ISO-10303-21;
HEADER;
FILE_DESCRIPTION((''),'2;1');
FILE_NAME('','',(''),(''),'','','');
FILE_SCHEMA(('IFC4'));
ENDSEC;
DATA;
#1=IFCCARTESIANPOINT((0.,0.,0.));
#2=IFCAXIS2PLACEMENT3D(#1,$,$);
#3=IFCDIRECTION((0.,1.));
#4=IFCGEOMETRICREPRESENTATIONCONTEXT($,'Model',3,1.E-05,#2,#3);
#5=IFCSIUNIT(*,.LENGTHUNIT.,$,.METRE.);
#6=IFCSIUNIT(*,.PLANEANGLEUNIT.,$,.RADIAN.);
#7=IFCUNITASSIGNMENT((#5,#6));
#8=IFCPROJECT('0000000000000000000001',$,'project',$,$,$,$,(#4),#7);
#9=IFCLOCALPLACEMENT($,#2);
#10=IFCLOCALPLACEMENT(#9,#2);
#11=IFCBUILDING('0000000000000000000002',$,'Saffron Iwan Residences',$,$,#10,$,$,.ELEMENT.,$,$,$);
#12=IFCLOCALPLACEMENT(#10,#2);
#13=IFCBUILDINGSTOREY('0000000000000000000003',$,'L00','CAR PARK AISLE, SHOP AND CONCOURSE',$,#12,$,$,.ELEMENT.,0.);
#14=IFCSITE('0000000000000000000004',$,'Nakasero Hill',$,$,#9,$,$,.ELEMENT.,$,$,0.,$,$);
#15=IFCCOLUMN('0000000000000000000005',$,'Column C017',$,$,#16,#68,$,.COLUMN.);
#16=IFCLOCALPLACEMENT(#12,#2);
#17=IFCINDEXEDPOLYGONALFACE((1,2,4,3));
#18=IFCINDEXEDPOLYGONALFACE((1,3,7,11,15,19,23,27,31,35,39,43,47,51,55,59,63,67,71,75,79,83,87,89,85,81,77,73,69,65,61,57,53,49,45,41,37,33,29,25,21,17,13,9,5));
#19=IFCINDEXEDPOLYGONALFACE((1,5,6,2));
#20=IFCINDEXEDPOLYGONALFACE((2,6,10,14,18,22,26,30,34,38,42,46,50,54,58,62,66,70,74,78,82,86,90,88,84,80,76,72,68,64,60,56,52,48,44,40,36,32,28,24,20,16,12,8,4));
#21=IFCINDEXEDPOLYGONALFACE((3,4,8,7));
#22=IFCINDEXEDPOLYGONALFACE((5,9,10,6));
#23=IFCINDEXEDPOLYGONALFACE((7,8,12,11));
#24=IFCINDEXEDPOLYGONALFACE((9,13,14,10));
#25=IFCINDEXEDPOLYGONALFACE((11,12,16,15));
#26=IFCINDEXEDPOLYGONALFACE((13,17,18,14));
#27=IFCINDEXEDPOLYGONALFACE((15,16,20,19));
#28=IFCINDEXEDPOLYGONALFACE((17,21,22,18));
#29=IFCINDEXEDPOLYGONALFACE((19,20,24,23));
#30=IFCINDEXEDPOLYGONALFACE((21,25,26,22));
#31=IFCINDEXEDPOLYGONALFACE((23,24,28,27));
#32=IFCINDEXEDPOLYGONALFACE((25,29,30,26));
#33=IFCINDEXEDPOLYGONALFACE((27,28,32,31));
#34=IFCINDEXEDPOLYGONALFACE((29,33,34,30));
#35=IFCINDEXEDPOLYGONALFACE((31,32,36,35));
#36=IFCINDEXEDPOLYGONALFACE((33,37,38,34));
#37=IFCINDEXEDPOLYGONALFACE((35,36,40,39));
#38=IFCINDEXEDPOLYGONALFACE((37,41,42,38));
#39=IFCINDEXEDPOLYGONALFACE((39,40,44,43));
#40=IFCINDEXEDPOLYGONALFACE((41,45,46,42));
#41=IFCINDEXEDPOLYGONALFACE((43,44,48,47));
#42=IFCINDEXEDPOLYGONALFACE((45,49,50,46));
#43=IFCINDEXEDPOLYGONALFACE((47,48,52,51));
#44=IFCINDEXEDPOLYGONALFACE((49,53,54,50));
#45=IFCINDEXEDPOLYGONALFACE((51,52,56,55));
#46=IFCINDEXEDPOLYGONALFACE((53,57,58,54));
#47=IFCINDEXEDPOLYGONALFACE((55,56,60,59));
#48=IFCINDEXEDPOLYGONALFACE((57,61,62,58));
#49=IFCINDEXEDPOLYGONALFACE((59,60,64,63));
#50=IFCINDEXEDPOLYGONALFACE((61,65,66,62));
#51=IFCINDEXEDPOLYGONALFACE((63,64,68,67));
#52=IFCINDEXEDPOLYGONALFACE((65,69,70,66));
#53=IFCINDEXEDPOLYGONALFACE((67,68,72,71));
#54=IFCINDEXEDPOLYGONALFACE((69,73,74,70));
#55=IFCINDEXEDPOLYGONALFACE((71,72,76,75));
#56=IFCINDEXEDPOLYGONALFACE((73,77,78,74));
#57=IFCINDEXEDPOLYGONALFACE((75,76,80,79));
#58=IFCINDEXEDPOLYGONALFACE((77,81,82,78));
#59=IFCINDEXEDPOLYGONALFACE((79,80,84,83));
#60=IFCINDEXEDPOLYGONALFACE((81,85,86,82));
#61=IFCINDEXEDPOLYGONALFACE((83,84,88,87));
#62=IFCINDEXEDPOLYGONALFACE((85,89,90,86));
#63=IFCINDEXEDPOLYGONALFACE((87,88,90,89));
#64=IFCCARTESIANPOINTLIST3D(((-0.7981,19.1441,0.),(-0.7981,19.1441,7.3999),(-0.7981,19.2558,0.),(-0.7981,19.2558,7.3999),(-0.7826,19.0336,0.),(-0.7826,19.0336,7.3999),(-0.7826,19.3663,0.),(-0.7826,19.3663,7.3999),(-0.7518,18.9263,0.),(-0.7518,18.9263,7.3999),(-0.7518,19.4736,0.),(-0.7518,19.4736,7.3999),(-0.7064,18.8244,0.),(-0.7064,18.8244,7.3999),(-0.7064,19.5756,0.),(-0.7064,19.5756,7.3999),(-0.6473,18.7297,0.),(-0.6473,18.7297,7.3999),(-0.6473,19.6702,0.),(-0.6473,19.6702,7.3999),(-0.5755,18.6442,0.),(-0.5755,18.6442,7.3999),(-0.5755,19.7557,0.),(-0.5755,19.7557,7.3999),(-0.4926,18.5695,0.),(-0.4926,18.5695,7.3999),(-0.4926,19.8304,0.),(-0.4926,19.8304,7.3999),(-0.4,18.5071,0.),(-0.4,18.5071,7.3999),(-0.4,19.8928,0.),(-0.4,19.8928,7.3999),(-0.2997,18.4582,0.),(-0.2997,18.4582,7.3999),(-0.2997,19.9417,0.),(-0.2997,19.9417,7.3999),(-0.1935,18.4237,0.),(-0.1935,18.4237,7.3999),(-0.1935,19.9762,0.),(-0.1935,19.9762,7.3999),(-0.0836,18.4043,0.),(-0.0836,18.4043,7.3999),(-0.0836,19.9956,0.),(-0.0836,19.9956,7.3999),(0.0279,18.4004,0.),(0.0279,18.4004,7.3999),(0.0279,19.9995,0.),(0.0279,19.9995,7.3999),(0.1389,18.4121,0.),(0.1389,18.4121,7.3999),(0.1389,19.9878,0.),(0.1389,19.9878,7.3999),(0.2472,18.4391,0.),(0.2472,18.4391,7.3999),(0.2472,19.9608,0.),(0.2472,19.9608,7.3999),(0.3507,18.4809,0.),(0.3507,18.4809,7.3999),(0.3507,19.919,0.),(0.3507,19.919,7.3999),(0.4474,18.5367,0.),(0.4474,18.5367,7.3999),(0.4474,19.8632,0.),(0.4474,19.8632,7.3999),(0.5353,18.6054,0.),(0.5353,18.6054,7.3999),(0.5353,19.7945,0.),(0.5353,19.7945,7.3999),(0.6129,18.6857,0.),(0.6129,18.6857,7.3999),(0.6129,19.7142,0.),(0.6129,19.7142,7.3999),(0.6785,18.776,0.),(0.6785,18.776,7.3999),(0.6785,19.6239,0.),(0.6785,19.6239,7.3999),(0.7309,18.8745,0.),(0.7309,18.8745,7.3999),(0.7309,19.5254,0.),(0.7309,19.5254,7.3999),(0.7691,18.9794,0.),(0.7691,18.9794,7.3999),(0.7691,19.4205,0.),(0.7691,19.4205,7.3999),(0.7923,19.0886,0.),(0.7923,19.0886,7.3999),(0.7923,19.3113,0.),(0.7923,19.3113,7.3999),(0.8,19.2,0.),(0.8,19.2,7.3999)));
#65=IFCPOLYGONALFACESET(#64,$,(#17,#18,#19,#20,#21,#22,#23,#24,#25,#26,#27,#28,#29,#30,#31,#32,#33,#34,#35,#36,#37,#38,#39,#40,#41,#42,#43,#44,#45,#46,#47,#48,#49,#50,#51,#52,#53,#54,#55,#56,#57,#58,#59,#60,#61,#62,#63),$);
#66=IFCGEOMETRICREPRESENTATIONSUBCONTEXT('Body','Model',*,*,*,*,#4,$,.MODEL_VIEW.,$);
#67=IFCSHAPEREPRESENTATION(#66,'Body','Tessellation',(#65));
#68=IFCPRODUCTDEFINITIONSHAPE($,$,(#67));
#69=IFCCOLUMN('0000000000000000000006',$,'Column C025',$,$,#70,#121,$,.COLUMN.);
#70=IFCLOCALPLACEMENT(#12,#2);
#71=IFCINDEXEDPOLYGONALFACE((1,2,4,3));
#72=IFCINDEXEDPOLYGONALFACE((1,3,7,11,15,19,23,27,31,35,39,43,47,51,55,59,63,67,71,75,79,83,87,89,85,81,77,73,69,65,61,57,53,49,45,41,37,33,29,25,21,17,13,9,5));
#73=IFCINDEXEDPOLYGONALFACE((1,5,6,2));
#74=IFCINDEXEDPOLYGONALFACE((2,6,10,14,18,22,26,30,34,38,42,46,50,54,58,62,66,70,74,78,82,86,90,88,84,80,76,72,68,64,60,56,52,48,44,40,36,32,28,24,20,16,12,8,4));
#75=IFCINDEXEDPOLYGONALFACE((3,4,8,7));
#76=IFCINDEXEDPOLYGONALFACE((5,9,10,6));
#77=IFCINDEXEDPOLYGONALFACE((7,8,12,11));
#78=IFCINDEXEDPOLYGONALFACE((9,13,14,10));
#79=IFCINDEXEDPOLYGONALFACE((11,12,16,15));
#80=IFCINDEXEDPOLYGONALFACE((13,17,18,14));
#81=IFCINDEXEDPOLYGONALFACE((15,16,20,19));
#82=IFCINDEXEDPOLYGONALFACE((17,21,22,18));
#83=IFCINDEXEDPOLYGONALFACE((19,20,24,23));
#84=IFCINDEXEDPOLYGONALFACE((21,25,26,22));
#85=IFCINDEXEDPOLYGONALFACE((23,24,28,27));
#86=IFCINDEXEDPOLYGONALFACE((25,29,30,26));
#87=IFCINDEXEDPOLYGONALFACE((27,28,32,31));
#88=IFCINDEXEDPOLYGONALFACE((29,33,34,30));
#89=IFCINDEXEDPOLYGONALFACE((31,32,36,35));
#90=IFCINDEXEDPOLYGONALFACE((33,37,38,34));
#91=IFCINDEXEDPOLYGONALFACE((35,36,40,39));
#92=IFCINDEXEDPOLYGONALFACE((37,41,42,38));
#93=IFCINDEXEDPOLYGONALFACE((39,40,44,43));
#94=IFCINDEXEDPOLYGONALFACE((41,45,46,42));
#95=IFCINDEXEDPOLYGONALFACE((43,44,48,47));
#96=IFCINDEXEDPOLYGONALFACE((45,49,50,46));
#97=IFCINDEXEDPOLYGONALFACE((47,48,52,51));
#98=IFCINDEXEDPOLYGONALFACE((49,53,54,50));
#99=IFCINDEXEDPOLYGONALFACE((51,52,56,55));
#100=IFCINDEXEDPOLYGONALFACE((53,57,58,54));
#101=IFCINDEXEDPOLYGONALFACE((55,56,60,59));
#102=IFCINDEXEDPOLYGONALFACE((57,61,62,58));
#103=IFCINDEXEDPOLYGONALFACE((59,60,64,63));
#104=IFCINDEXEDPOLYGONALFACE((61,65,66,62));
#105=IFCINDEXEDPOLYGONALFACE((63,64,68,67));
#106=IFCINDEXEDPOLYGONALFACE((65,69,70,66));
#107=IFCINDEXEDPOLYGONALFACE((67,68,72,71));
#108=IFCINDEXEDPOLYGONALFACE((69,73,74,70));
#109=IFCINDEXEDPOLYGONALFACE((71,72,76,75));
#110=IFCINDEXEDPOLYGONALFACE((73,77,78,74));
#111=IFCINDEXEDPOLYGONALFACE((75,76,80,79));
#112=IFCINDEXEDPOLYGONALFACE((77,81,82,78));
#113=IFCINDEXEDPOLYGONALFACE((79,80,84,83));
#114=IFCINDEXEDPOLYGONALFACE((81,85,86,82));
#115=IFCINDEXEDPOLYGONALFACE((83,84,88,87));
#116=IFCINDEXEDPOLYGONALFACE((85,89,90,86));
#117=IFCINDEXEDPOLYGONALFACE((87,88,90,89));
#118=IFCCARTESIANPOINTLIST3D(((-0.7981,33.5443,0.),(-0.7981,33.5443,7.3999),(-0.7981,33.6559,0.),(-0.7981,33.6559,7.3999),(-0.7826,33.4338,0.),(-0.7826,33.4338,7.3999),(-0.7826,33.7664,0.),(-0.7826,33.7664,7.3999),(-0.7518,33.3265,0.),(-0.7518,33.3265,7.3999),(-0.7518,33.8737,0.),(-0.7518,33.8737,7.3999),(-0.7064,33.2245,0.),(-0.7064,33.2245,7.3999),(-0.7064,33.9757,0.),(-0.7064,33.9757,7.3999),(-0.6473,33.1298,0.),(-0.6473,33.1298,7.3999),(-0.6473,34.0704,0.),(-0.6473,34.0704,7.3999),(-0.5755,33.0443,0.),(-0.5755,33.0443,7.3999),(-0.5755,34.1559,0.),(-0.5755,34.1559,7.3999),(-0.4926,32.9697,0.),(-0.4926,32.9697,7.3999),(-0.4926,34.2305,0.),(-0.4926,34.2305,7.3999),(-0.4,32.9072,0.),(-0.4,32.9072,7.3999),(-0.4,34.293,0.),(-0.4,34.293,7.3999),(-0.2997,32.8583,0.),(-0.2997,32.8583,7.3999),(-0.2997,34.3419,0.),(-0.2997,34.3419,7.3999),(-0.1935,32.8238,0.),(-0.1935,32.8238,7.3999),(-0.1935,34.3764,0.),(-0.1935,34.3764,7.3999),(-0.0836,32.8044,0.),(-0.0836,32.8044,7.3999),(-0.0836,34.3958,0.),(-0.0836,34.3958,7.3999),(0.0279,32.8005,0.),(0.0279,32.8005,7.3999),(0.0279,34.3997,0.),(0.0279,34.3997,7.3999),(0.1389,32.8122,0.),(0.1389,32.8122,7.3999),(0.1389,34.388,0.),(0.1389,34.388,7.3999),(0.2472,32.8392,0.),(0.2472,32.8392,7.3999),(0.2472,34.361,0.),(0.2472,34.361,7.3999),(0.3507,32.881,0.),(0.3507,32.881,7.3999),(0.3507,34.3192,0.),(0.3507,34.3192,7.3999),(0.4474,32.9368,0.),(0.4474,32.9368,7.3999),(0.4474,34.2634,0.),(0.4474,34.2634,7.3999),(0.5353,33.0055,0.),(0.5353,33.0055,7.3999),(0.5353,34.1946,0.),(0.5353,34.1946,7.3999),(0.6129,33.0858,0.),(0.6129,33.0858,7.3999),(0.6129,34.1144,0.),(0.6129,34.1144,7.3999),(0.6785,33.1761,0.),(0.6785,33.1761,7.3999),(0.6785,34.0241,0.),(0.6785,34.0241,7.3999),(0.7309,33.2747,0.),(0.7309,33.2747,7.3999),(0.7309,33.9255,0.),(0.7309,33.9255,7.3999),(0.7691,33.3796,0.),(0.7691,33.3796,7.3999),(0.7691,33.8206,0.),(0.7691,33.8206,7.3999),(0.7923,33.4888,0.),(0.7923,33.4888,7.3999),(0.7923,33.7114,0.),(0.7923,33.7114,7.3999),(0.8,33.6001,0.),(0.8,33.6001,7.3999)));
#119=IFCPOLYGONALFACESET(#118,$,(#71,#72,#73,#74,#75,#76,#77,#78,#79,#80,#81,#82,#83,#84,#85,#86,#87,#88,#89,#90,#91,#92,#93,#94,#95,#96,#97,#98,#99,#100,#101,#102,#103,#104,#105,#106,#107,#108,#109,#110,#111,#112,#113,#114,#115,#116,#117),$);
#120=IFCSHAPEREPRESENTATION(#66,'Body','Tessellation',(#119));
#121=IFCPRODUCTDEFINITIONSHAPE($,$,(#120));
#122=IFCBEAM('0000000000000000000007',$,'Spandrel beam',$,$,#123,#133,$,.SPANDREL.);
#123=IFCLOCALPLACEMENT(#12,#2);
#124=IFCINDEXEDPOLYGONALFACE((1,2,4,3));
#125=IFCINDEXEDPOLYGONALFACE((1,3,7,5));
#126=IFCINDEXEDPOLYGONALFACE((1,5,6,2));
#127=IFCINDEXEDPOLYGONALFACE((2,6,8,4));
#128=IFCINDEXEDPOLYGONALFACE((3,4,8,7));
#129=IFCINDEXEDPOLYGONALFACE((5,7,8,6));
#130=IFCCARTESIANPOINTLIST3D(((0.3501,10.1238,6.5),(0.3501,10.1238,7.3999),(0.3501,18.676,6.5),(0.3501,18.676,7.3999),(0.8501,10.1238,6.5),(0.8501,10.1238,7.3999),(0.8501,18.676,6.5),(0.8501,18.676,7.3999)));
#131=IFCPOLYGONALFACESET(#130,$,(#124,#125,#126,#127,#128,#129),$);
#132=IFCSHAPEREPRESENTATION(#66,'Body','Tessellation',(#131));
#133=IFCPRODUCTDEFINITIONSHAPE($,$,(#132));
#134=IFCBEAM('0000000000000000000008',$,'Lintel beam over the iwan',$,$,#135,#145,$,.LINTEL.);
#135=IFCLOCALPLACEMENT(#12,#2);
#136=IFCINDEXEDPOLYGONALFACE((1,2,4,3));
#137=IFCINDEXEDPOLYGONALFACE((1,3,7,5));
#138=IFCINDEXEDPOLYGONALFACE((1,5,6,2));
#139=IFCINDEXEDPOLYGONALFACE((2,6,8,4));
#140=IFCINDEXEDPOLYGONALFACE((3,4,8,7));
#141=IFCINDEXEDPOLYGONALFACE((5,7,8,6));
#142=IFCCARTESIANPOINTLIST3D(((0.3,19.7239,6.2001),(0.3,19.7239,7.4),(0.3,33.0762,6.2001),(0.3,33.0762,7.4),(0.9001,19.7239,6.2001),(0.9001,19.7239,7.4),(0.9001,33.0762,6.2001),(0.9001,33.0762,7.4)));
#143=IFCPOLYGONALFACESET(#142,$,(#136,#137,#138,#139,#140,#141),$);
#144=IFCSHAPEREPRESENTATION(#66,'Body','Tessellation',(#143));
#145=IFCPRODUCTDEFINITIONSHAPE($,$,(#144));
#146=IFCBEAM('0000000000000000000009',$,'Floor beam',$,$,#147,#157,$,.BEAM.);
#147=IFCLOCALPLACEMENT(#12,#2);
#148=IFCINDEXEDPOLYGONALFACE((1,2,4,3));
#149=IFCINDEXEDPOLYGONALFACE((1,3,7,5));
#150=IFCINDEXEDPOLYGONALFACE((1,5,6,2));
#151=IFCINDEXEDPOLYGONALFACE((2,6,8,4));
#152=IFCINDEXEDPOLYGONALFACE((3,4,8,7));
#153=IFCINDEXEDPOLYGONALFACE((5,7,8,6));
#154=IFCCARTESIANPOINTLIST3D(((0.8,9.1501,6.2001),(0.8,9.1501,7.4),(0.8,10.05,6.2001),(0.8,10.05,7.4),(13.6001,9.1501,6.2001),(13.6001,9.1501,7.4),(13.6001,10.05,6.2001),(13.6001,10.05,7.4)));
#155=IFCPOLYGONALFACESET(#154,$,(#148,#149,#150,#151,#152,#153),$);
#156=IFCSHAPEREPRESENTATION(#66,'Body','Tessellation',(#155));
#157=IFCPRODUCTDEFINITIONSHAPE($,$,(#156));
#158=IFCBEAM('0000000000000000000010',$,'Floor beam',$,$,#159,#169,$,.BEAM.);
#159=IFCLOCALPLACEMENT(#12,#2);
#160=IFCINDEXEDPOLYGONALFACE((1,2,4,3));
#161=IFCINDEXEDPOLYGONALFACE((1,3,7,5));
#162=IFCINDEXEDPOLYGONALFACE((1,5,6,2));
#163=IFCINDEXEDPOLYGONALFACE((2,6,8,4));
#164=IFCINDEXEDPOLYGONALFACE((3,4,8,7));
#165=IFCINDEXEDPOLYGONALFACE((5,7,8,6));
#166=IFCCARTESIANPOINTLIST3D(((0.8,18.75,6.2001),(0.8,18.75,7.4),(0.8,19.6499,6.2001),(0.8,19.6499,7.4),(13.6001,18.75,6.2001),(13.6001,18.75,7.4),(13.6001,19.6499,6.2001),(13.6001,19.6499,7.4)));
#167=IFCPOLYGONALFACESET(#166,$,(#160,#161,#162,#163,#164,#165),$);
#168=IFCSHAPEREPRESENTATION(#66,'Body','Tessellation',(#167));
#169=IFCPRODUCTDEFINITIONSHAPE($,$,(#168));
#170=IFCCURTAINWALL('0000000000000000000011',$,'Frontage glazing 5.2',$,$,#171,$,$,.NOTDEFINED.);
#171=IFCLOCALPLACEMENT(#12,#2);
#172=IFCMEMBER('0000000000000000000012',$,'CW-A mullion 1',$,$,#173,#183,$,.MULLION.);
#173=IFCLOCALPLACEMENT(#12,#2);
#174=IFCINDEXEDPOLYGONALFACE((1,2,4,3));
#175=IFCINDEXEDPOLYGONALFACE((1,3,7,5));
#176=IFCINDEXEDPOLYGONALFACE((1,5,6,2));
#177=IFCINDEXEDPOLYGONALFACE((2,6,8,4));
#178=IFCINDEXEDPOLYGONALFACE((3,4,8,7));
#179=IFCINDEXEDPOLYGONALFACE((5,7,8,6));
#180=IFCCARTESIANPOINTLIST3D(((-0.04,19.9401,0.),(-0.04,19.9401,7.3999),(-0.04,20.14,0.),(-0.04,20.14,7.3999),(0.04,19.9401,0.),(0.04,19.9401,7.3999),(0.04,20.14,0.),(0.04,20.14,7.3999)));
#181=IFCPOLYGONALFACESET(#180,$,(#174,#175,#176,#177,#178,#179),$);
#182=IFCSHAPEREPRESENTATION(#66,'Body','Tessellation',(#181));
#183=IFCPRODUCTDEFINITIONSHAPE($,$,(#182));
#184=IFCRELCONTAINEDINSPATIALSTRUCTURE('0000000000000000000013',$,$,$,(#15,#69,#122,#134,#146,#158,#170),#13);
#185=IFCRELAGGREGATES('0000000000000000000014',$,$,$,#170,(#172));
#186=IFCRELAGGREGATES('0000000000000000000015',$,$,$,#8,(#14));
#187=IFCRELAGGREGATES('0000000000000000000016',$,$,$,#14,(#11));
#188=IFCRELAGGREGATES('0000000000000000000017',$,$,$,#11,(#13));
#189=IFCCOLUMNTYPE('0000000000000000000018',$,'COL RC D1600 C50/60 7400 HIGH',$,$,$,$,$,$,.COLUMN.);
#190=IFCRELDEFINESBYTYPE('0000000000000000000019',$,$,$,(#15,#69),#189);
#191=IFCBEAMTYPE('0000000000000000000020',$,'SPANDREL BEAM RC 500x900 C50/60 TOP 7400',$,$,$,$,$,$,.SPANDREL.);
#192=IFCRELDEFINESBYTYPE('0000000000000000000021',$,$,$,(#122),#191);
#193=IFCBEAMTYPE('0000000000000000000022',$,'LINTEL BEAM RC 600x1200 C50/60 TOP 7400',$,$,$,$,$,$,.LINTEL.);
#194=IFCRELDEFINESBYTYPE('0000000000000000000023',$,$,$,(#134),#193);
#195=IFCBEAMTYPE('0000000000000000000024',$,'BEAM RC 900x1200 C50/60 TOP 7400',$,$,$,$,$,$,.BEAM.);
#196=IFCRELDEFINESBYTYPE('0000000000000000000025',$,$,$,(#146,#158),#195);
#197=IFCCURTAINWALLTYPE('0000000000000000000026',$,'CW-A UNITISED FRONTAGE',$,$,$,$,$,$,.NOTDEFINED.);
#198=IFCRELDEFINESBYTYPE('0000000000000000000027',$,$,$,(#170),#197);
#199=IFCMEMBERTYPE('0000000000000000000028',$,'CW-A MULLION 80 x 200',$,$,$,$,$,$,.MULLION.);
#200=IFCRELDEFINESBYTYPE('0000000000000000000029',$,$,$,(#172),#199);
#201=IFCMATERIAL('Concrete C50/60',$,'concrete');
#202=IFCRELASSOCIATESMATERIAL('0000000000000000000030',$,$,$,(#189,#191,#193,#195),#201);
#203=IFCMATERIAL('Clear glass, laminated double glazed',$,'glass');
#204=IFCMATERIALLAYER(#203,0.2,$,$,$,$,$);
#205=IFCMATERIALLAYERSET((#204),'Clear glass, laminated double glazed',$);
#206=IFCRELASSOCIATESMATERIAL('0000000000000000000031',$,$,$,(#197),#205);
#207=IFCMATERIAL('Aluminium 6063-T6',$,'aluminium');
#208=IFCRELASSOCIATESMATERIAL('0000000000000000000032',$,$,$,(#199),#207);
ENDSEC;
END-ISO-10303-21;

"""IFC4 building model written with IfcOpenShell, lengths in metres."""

from ifc_helpers import new_model, si_unit, direction, frame, origin, origin_2d, place, context, subcontext, project, spatial, rectangle, circle, extrude, source, transform, mapped, material, layer, layer_set, material_profile, profile_set, type_object, element, aggregate, save


model = new_model("IFC4")

# Units and contexts
model_context = context("Model", 3, precision=1e-05, world=origin(), true_north=direction((0.0, 1.0)))
body_context = subcontext(model_context, "Body", "Model", "MODEL_VIEW")
ifc_project = project(units=[si_unit("LENGTHUNIT", "METRE"), si_unit("PLANEANGLEUNIT", "RADIAN")], contexts=[model_context])

# Site, building, storey
site_placement = place(None, origin())
site = spatial("IfcSite", under=ifc_project, at=site_placement, Name="Nakasero Hill", CompositionType="ELEMENT", RefElevation=0.0)
building_placement = place(site_placement, origin())
building = spatial("IfcBuilding", under=site, at=building_placement, Name="Saffron Iwan Residences", CompositionType="ELEMENT")
storey_placement = place(building_placement, origin())
storey = spatial("IfcBuildingStorey", under=building, at=storey_placement, Name="L00", Description="CAR PARK AISLE, SHOP AND CONCOURSE", CompositionType="ELEMENT", Elevation=0.0)

# Columns
ifc_material_1 = material(Name="Concrete C50/60", Category="concrete")
ifc_material_profile_1 = material_profile(ifc_material_1, circle(Radius=0.8, at=origin_2d()), Name="RC D1600")
ifc_profile_set_1 = profile_set([ifc_material_profile_1], Name="Concrete C50/60")
column_type = type_object("IfcColumnType", Name="COL RC D1600 C50/60 7400 HIGH", PredefinedType="COLUMN", material=ifc_profile_set_1)
shared_shape_1 = source(origin(), body_context, "Body", "SweptSolid", [
    extrude(circle(Radius=0.8, at=origin_2d()), origin(), (0.0, 0.0, 1.0), 7.3999),
])
for number, where, z_axis, x_axis, name in (
    (1, (0.0, 19.2, 0.0), (0.0, 0.0, 1.0), (1.0, 0.0, 0.0), "Column C017"),
    (2, (0.0, 33.6001, 0.0), (0.0, 0.0, 1.0), (1.0, 0.0, 0.0), "Column C025"),
):
    element("IfcColumn", number, at=place(storey_placement, frame(where, z_axis=z_axis, x_axis=x_axis)), inside=storey, type_object=column_type, Name=name, PredefinedType="COLUMN", context=body_context, shape_type="MappedRepresentation", body=[
        mapped(shared_shape_1, transform((0.0, 0.0, 0.0))),
    ])

# Beams
ifc_material_profile_2 = material_profile(ifc_material_1, rectangle(XDim=0.5, YDim=0.8999, at=origin_2d()), Name="RC 500x900")
ifc_profile_set_2 = profile_set([ifc_material_profile_2], Name="Concrete C50/60")
beam_type_1 = type_object("IfcBeamType", Name="SPANDREL BEAM RC 500x900 C50/60 TOP 7400", PredefinedType="SPANDREL", material=ifc_profile_set_2)
shared_shape_2 = source(origin(), body_context, "Body", "SweptSolid", [
    extrude(rectangle(XDim=0.5, YDim=0.8999, at=origin_2d()), origin(), (0.0, 0.0, 1.0), 8.5522),
])
beam_1_placement = place(storey_placement, frame((0.6001, 10.1238, 6.95), z_axis=(0.0, 1.0, 0.0), x_axis=(-1.0, 0.0, 0.0)))
element("IfcBeam", 3, at=beam_1_placement, inside=storey, type_object=beam_type_1, Name="Spandrel beam", PredefinedType="SPANDREL", context=body_context, shape_type="MappedRepresentation", body=[
    mapped(shared_shape_2, transform((0.0, 0.0, 0.0))),
])
ifc_material_profile_3 = material_profile(ifc_material_1, rectangle(XDim=0.6001, YDim=1.2, at=origin_2d()), Name="RC 600x1200")
ifc_profile_set_3 = profile_set([ifc_material_profile_3], Name="Concrete C50/60")
beam_type_2 = type_object("IfcBeamType", Name="LINTEL BEAM RC 600x1200 C50/60 TOP 7400", PredefinedType="LINTEL", material=ifc_profile_set_3)
shared_shape_3 = source(origin(), body_context, "Body", "SweptSolid", [
    extrude(rectangle(XDim=0.6001, YDim=1.2, at=origin_2d()), origin(), (0.0, 0.0, 1.0), 13.3523),
])
beam_2_placement = place(storey_placement, frame((0.6001, 19.7239, 6.8), z_axis=(0.0, 1.0, 0.0), x_axis=(-1.0, 0.0, 0.0)))
element("IfcBeam", 4, at=beam_2_placement, inside=storey, type_object=beam_type_2, Name="Lintel beam over the iwan", PredefinedType="LINTEL", context=body_context, shape_type="MappedRepresentation", body=[
    mapped(shared_shape_3, transform((0.0, 0.0, 0.0))),
])
ifc_material_profile_4 = material_profile(ifc_material_1, rectangle(XDim=0.8999, YDim=1.2, at=origin_2d()), Name="RC 900x1200")
ifc_profile_set_4 = profile_set([ifc_material_profile_4], Name="Concrete C50/60")
beam_type_3 = type_object("IfcBeamType", Name="BEAM RC 900x1200 C50/60 TOP 7400", PredefinedType="BEAM", material=ifc_profile_set_4)
shared_shape_4 = source(origin(), body_context, "Body", "SweptSolid", [
    extrude(rectangle(XDim=0.8999, YDim=1.2, at=origin_2d()), origin(), (0.0, 0.0, 1.0), 12.8),
])
for number, where, z_axis, x_axis, name in (
    (5, (0.8, 9.6001, 6.8), (1.0, 0.0, 0.0), (0.0, 1.0, 0.0), "Floor beam"),
    (6, (0.8, 19.2, 6.8), (1.0, 0.0, 0.0), (0.0, 1.0, 0.0), "Floor beam"),
):
    element("IfcBeam", number, at=place(storey_placement, frame(where, z_axis=z_axis, x_axis=x_axis)), inside=storey, type_object=beam_type_3, Name=name, PredefinedType="BEAM", context=body_context, shape_type="MappedRepresentation", body=[
        mapped(shared_shape_4, transform((0.0, 0.0, 0.0))),
    ])

# Curtain wall, member
ifc_material_2 = material(Name="Clear glass, laminated double glazed", Category="glass")
ifc_layer_1 = layer(ifc_material_2, 0.2)
ifc_layer_set_1 = layer_set([ifc_layer_1], Name="Clear glass, laminated double glazed")
curtain_wall_type = type_object("IfcCurtainWallType", Name="CW-A UNITISED FRONTAGE", PredefinedType="NOTDEFINED", material=ifc_layer_set_1)
curtain_wall_placement = place(storey_placement, origin())
curtain_wall = element("IfcCurtainWall", 7, at=curtain_wall_placement, inside=storey, type_object=curtain_wall_type, Name="Frontage glazing 5.2", PredefinedType="NOTDEFINED")
ifc_material_3 = material(Name="Aluminium 6063-T6", Category="aluminium")
ifc_material_profile_5 = material_profile(ifc_material_3, rectangle(XDim=0.0801, YDim=0.2, at=origin_2d()), Name="CW-A MULLION 80 x 200")
ifc_profile_set_5 = profile_set([ifc_material_profile_5], Name="Aluminium 6063-T6")
member_type_1 = type_object("IfcMemberType", Name="CW-A MULLION 80 x 200", PredefinedType="MULLION", material=ifc_profile_set_5)
shared_shape_5 = source(origin(), body_context, "Body", "SweptSolid", [
    extrude(rectangle(XDim=0.0801, YDim=0.2, at=origin_2d()), origin(), (0.0, 0.0, 1.0), 7.3999),
])
member_1_placement = place(storey_placement, frame((0.0, 20.04, 0.0), z_axis=(0.0, 0.0, 1.0), x_axis=(-1.0, 0.0, 0.0)))
member_1 = element("IfcMember", 8, at=member_1_placement, type_object=member_type_1, Name="CW-A mullion 1", PredefinedType="MULLION", context=body_context, shape_type="MappedRepresentation", body=[
    mapped(shared_shape_5, transform((0.0, 0.0, 0.0))),
])
aggregate(curtain_wall, [member_1])

save(model, "model.ifc")
